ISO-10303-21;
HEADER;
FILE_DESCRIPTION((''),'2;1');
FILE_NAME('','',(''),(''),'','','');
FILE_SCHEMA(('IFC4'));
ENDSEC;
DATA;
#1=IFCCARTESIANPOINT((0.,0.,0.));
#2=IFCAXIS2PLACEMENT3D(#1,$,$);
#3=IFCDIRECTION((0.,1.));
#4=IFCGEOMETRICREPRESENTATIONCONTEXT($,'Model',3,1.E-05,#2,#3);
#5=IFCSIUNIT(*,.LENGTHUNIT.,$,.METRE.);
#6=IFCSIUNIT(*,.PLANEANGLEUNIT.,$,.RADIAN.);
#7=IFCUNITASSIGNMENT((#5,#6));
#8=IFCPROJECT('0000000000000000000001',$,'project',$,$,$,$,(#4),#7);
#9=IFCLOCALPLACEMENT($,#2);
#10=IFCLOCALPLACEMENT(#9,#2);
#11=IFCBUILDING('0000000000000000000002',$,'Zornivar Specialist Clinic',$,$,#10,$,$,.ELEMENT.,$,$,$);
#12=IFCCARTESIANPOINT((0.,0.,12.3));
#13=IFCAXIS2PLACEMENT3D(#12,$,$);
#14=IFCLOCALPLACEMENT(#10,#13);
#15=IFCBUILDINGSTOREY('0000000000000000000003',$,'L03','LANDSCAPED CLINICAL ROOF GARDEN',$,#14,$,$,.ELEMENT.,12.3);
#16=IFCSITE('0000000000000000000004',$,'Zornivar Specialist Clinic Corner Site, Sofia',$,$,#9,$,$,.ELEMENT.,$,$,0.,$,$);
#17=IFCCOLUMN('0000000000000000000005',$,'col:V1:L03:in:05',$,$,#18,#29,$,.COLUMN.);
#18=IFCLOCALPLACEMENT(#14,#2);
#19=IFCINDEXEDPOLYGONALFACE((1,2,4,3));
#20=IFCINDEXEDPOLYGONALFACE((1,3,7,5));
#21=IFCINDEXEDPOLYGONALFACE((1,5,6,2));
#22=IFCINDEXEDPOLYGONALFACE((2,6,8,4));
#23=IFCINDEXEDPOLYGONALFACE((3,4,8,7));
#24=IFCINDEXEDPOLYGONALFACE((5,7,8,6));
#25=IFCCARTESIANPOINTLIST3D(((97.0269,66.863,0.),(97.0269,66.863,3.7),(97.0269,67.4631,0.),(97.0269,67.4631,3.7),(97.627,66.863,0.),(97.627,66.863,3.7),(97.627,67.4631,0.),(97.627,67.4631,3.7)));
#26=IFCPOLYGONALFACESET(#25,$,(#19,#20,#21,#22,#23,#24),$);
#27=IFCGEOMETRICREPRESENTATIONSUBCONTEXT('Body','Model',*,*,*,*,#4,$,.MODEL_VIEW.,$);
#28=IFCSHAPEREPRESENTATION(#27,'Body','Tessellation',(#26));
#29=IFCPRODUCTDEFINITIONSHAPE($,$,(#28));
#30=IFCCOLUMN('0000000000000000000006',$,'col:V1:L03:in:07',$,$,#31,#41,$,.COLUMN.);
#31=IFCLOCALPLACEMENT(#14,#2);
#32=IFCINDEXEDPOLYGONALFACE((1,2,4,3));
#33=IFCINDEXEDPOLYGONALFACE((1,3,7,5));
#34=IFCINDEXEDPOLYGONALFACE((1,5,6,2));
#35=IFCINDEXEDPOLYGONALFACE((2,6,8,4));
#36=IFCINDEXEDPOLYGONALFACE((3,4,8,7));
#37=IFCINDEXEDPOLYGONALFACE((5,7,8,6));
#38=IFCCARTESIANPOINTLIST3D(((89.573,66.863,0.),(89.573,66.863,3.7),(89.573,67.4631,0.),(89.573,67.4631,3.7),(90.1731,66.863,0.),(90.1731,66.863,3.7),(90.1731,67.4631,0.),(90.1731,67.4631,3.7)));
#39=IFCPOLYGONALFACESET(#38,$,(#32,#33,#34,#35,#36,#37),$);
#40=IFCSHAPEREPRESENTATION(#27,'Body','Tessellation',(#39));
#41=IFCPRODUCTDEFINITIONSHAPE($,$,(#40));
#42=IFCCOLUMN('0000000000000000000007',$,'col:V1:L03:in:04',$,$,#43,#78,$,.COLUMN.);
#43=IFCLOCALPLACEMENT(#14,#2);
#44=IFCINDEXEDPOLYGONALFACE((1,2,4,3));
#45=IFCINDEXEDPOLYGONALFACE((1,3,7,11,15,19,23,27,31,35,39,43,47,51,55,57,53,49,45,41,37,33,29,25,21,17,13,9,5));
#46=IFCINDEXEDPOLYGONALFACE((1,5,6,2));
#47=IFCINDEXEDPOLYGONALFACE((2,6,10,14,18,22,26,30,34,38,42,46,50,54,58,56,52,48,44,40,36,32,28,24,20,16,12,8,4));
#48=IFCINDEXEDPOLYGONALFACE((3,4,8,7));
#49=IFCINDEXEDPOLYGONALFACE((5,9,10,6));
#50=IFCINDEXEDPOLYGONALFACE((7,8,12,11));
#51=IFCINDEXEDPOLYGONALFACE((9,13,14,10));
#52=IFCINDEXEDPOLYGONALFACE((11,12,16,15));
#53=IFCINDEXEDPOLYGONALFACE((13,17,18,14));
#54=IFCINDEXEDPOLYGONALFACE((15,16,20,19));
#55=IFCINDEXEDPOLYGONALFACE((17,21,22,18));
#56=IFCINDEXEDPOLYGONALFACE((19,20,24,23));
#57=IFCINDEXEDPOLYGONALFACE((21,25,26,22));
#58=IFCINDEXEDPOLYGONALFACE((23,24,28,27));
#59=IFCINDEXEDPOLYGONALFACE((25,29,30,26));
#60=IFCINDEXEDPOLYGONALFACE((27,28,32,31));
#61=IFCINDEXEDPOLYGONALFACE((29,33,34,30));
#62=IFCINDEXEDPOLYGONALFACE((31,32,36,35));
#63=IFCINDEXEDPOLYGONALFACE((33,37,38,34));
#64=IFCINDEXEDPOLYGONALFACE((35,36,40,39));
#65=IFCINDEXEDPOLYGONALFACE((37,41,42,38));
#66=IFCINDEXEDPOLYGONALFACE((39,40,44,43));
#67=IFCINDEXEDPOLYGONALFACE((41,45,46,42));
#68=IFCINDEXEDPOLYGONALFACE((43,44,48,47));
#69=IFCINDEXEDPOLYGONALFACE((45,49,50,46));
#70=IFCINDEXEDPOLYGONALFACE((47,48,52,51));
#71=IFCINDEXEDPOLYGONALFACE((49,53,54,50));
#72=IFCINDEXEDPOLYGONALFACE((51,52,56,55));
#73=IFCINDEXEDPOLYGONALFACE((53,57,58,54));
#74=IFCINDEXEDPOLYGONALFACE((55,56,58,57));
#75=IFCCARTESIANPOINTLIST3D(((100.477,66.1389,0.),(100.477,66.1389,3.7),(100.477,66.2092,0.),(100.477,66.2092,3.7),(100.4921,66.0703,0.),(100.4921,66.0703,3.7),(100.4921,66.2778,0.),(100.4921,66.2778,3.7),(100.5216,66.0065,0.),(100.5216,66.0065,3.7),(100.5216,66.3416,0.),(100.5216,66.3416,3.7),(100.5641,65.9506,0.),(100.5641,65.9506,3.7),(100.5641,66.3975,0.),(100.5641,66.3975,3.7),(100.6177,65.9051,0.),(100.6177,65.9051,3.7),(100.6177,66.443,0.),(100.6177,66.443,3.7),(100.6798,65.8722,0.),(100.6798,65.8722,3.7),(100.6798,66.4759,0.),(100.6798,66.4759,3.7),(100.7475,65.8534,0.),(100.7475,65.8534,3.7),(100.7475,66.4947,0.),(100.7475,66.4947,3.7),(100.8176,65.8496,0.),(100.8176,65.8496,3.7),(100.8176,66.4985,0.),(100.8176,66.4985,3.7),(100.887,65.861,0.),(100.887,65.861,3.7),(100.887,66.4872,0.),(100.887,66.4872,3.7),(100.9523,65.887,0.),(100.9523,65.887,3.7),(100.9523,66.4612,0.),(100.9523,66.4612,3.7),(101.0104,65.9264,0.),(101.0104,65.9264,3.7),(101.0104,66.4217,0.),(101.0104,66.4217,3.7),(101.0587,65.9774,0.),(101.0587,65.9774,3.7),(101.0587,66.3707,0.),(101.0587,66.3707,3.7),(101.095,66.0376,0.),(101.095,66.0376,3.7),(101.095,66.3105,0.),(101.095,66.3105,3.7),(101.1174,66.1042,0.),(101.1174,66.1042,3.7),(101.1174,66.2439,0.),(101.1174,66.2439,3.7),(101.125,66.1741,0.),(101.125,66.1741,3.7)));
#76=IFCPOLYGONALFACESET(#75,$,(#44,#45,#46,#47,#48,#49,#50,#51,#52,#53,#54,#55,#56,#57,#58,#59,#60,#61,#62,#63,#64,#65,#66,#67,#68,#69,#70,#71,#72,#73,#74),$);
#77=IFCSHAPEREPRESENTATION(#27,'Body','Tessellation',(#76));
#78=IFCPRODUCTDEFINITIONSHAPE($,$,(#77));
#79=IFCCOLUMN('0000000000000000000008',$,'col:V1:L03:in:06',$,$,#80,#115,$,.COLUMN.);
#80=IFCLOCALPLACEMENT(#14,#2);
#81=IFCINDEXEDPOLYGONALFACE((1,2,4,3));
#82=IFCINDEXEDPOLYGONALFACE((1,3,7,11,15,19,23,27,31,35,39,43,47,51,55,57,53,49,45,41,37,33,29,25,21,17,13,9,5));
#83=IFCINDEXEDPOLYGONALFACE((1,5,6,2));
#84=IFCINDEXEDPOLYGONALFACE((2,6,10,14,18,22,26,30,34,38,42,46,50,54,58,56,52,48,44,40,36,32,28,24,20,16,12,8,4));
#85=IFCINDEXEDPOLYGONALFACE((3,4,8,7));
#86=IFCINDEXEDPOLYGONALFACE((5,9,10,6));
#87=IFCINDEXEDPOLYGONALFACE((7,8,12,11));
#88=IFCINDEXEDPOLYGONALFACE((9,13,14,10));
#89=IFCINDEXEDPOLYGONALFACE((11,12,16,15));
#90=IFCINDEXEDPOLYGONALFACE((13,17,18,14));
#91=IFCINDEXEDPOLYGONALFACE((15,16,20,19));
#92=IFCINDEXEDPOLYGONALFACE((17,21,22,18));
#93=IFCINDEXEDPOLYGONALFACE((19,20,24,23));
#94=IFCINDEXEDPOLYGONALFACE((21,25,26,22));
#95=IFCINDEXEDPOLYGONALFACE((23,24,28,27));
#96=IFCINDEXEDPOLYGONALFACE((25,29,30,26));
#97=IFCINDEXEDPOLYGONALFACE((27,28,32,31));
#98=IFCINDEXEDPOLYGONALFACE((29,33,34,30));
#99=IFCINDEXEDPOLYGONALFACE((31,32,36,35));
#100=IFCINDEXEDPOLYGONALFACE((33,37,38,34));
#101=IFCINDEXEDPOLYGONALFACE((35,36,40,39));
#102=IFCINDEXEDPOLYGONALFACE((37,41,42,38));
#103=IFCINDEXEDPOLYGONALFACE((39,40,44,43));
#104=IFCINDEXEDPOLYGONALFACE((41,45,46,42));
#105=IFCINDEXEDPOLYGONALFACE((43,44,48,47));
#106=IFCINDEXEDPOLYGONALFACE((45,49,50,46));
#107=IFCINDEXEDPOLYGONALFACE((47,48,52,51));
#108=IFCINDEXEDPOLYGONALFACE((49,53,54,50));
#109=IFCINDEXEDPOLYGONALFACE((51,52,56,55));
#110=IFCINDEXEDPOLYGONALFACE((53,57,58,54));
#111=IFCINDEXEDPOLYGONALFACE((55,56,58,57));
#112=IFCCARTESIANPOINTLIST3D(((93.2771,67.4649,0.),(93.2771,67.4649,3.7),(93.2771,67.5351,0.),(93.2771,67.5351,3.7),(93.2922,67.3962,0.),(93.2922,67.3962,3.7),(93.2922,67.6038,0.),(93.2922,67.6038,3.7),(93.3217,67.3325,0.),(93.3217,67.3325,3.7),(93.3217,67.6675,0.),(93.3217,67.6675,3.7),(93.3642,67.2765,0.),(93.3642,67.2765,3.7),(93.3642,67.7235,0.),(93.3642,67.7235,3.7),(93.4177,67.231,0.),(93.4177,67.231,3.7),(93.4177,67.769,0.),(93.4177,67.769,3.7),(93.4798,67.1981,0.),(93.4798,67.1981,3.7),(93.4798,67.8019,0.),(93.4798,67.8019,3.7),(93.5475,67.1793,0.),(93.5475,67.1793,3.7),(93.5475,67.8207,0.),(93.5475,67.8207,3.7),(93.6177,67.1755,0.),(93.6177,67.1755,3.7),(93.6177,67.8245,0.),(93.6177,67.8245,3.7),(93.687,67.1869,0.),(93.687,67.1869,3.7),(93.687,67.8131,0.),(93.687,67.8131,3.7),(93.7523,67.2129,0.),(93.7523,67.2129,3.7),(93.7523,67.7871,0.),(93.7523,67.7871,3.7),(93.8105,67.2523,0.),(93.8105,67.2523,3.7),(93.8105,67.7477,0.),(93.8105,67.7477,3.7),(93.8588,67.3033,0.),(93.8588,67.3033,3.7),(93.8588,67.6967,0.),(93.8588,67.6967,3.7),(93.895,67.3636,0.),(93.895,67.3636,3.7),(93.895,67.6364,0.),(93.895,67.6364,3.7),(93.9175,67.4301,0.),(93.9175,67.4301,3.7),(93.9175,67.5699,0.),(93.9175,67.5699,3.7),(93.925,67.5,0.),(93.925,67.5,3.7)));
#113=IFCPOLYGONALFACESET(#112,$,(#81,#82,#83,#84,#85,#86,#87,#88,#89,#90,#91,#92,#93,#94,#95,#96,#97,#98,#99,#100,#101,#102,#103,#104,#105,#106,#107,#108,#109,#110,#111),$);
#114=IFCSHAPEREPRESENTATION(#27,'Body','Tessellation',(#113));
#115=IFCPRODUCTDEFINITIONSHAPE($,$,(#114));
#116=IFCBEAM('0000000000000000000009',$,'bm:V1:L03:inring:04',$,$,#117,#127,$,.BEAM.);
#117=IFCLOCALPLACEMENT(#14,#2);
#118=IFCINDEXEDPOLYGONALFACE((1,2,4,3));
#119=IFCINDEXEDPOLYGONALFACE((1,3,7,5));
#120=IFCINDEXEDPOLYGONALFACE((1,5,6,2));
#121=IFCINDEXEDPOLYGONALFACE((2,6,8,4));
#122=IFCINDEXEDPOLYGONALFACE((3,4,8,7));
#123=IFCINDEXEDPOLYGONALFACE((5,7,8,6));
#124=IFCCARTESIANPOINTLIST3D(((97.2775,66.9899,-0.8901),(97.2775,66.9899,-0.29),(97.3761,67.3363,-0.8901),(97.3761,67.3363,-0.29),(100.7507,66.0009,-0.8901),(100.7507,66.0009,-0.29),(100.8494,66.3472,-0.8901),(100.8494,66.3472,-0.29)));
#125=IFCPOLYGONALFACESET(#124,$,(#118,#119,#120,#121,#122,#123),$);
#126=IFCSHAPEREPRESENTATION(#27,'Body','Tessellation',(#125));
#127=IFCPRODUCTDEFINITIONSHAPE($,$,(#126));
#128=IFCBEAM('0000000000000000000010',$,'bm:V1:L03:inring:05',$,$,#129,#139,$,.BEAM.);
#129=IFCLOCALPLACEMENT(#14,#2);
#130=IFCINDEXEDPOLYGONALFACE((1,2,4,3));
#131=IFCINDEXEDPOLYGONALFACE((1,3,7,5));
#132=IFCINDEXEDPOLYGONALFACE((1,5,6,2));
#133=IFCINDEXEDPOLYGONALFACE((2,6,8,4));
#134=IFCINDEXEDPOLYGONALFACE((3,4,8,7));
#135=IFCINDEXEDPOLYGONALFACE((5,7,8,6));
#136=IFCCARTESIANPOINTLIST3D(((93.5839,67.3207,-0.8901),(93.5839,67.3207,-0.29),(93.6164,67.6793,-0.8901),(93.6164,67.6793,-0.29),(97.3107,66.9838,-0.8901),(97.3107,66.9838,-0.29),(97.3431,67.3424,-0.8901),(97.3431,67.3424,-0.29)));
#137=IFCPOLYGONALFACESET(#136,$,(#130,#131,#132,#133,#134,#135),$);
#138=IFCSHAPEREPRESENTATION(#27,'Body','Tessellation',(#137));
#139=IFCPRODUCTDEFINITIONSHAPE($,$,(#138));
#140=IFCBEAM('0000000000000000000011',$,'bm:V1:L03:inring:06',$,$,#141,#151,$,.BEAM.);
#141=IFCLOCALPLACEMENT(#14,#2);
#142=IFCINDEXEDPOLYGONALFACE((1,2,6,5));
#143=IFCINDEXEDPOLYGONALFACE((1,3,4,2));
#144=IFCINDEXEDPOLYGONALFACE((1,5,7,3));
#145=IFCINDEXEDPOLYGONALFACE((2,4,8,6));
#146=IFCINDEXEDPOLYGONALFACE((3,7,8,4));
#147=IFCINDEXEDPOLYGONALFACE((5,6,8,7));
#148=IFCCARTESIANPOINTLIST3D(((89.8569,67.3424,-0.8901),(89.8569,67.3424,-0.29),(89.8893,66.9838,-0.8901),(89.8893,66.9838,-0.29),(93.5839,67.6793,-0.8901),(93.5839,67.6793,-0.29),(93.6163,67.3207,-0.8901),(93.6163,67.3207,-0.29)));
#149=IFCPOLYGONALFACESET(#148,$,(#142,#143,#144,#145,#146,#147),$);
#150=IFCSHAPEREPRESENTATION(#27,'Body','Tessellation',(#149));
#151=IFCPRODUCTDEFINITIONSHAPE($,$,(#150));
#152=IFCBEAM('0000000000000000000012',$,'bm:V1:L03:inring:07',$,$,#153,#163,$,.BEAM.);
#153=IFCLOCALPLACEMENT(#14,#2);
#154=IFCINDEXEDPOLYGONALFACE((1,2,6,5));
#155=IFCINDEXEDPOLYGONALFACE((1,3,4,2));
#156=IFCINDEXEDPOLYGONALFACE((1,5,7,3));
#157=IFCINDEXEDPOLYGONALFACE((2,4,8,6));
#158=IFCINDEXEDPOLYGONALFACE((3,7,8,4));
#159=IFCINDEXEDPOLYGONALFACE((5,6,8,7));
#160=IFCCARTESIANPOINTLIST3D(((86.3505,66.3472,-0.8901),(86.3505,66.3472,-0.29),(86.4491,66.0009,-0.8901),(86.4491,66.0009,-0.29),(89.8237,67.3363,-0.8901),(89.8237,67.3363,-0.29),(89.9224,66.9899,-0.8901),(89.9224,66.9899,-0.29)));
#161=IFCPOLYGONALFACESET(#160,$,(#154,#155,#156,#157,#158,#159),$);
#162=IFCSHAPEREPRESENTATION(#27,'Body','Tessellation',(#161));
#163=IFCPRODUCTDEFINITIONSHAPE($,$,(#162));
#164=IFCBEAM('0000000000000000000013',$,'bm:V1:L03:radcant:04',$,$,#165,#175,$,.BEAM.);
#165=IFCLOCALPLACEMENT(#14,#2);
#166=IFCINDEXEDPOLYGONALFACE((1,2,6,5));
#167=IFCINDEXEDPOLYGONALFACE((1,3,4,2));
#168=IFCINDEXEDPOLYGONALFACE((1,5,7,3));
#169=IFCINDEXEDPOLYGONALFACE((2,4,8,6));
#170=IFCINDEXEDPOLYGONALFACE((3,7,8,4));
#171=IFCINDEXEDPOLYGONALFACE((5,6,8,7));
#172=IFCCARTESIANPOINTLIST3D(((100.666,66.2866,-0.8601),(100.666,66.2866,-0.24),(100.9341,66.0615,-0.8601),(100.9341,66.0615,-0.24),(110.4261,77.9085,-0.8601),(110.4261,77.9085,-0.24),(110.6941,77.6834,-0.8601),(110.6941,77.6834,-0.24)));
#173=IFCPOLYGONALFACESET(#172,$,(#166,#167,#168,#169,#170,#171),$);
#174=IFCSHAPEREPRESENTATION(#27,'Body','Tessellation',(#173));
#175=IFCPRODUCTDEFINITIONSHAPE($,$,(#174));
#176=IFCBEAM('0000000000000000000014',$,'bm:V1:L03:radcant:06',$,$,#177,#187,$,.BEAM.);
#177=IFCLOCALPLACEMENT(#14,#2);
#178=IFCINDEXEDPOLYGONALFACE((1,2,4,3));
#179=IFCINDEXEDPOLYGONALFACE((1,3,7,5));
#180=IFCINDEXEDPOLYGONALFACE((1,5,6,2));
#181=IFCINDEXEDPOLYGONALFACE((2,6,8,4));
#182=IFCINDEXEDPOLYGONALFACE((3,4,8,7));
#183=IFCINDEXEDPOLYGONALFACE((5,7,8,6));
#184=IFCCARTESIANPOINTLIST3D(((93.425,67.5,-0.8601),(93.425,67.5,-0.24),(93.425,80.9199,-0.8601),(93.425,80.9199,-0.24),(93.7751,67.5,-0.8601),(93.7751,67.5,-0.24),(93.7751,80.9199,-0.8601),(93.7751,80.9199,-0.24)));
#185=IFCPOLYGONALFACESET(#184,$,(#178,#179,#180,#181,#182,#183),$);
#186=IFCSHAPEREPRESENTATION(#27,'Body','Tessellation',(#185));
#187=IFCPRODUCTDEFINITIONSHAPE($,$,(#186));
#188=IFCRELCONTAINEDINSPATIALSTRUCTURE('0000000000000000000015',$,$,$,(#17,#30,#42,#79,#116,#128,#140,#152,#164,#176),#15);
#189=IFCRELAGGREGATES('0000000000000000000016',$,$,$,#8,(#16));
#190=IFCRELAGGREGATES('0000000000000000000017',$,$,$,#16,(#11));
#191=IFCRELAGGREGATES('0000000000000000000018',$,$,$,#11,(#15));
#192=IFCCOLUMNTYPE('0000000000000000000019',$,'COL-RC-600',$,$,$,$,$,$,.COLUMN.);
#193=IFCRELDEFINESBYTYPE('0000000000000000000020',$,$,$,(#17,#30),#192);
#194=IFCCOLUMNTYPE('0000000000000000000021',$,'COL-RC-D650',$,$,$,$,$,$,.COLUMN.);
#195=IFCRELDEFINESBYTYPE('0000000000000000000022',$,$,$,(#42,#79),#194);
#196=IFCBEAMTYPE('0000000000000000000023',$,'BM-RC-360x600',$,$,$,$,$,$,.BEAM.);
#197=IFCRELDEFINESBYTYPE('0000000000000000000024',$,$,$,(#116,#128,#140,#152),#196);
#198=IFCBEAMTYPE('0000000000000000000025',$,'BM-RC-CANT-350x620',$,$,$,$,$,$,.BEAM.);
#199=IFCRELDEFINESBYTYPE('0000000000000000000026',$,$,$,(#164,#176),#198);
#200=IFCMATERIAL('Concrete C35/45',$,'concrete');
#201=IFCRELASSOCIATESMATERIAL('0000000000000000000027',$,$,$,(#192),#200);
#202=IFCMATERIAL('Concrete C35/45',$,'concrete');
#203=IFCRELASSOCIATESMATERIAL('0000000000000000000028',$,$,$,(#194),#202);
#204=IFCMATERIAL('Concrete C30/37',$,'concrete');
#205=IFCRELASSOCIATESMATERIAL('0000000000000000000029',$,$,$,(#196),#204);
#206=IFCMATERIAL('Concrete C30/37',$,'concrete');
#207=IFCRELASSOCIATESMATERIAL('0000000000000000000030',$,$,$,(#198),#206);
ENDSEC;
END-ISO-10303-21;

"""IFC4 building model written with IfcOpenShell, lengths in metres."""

from ifc_helpers import new_model, si_unit, direction, frame, origin, origin_2d, place, context, subcontext, project, spatial, rectangle, circle, extrude, material, material_profile, profile_set, type_object, element, save


model = new_model("IFC4")

# Units and contexts
model_context = context("Model", 3, precision=1e-05, world=origin(), true_north=direction((0.0, 1.0)))
body_context = subcontext(model_context, "Body", "Model", "MODEL_VIEW")
ifc_project = project(units=[si_unit("LENGTHUNIT", "METRE"), si_unit("PLANEANGLEUNIT", "RADIAN")], contexts=[model_context])

# Site, building, storey
site_placement = place(None, origin())
site = spatial("IfcSite", under=ifc_project, at=site_placement, Name="Zornivar Specialist Clinic Corner Site, Sofia", CompositionType="ELEMENT", RefElevation=0.0)
building_placement = place(site_placement, origin())
building = spatial("IfcBuilding", under=site, at=building_placement, Name="Zornivar Specialist Clinic", CompositionType="ELEMENT")
storey_placement = place(building_placement, frame((0.0, 0.0, 12.3)))
storey = spatial("IfcBuildingStorey", under=building, at=storey_placement, Name="L03", Description="LANDSCAPED CLINICAL ROOF GARDEN", CompositionType="ELEMENT", Elevation=12.3)

# Columns
ifc_material_1 = material(Name="Concrete C35/45", Category="concrete")
ifc_material_profile_1 = material_profile(ifc_material_1, rectangle(XDim=0.6001, YDim=0.6001, at=origin_2d()), Name="RC 600x600")
ifc_profile_set_1 = profile_set([ifc_material_profile_1], Name="Concrete C35/45")
column_type_1 = type_object("IfcColumnType", Name="COL-RC-600", PredefinedType="COLUMN", material=ifc_profile_set_1)
for number, where, z_axis, x_axis, name in (
    (1, (97.3269, 67.1631, 0.0), (0.0, 0.0, 1.0), (1.0, 0.0, 0.0), "col:V1:L03:in:05"),
    (2, (89.873, 67.1631, 0.0), (0.0, 0.0, 1.0), (1.0, 0.0, 0.0), "col:V1:L03:in:07"),
):
    element("IfcColumn", number, at=place(storey_placement, frame(where, z_axis=z_axis, x_axis=x_axis)), inside=storey, type_object=column_type_1, Name=name, PredefinedType="COLUMN", context=body_context, shape_type="SweptSolid", body=[
        extrude(rectangle(XDim=0.6001, YDim=0.6001, at=origin_2d()), origin(), (0.0, 0.0, 1.0), 3.7),
    ])
ifc_material_2 = material(Name="Concrete C35/45", Category="concrete")
ifc_material_profile_2 = material_profile(ifc_material_2, circle(Radius=0.325, at=origin_2d()), Name="RC D650")
ifc_profile_set_2 = profile_set([ifc_material_profile_2], Name="Concrete C35/45")
column_type_2 = type_object("IfcColumnType", Name="COL-RC-D650", PredefinedType="COLUMN", material=ifc_profile_set_2)
for number, where, z_axis, x_axis, name in (
    (3, (100.8, 66.1741, 0.0), (0.0, 0.0, 1.0), (1.0, 0.0, 0.0), "col:V1:L03:in:04"),
    (4, (93.6001, 67.5, 0.0), (0.0, 0.0, 1.0), (1.0, 0.0, 0.0), "col:V1:L03:in:06"),
):
    element("IfcColumn", number, at=place(storey_placement, frame(where, z_axis=z_axis, x_axis=x_axis)), inside=storey, type_object=column_type_2, Name=name, PredefinedType="COLUMN", context=body_context, shape_type="SweptSolid", body=[
        extrude(circle(Radius=0.325, at=origin_2d()), origin(), (0.0, 0.0, 1.0), 3.7),
    ])

# Beams
ifc_material_3 = material(Name="Concrete C30/37", Category="concrete")
ifc_material_profile_3 = material_profile(ifc_material_3, rectangle(XDim=0.3601, YDim=0.6001, at=origin_2d()), Name="RC 360x600")
ifc_profile_set_3 = profile_set([ifc_material_profile_3], Name="Concrete C30/37")
beam_type_1 = type_object("IfcBeamType", Name="BM-RC-360x600", PredefinedType="BEAM", material=ifc_profile_set_3)
beam_1_placement = place(storey_placement, frame((100.8, 66.1741, -0.5901), z_axis=(-0.961766, 0.273873, 0.0), x_axis=(-0.273873, -0.961766, 0.0)))
element("IfcBeam", 5, at=beam_1_placement, inside=storey, type_object=beam_type_1, Name="bm:V1:L03:inring:04", PredefinedType="BEAM", context=body_context, shape_type="SweptSolid", body=[
    extrude(rectangle(XDim=0.3601, YDim=0.6001, at=origin_2d()), origin(), (0.0, 0.0, 1.0), 3.6113),
])
beam_2_placement = place(storey_placement, frame((97.3269, 67.1631, -0.5901), z_axis=(-0.995939, 0.090036, 0.0), x_axis=(-0.090036, -0.995939, 0.0)))
element("IfcBeam", 6, at=beam_2_placement, inside=storey, type_object=beam_type_1, Name="bm:V1:L03:inring:05", PredefinedType="BEAM", context=body_context, shape_type="SweptSolid", body=[
    extrude(rectangle(XDim=0.3601, YDim=0.6001, at=origin_2d()), origin(), (0.0, 0.0, 1.0), 3.7419),
])
beam_3_placement = place(storey_placement, frame((93.6001, 67.5, -0.5901), z_axis=(-0.995939, -0.09003, 0.0), x_axis=(0.09003, -0.995939, 0.0)))
element("IfcBeam", 7, at=beam_3_placement, inside=storey, type_object=beam_type_1, Name="bm:V1:L03:inring:06", PredefinedType="BEAM", context=body_context, shape_type="SweptSolid", body=[
    extrude(rectangle(XDim=0.3601, YDim=0.6001, at=origin_2d()), origin(), (0.0, 0.0, 1.0), 3.7422),
])
beam_4_placement = place(storey_placement, frame((89.873, 67.1631, -0.5901), z_axis=(-0.961766, -0.273873, 0.0), x_axis=(0.273873, -0.961766, 0.0)))
element("IfcBeam", 8, at=beam_4_placement, inside=storey, type_object=beam_type_1, Name="bm:V1:L03:inring:07", PredefinedType="BEAM", context=body_context, shape_type="SweptSolid", body=[
    extrude(rectangle(XDim=0.3601, YDim=0.6001, at=origin_2d()), origin(), (0.0, 0.0, 1.0), 3.6113),
])
ifc_material_4 = material(Name="Concrete C30/37", Category="concrete")
ifc_material_profile_4 = material_profile(ifc_material_4, rectangle(XDim=0.3501, YDim=0.6201, at=origin_2d()), Name="RC 350x620")
ifc_profile_set_4 = profile_set([ifc_material_profile_4], Name="Concrete C30/37")
beam_type_2 = type_object("IfcBeamType", Name="BM-RC-CANT-350x620", PredefinedType="BEAM", material=ifc_profile_set_4)
beam_5_placement = place(storey_placement, frame((100.8, 66.1741, -0.55), z_axis=(0.643102, 0.76578, 0.0), x_axis=(-0.76578, 0.643102, 0.0)))
element("IfcBeam", 9, at=beam_5_placement, inside=storey, type_object=beam_type_2, Name="bm:V1:L03:radcant:04", PredefinedType="BEAM", context=body_context, shape_type="SweptSolid", body=[
    extrude(rectangle(XDim=0.3501, YDim=0.6201, at=origin_2d()), origin(), (0.0, 0.0, 1.0), 15.1765),
])
beam_6_placement = place(storey_placement, frame((93.6001, 67.5, -0.55), z_axis=(0.0, 1.0, 0.0), x_axis=(-1.0, 0.0, 0.0)))
element("IfcBeam", 10, at=beam_6_placement, inside=storey, type_object=beam_type_2, Name="bm:V1:L03:radcant:06", PredefinedType="BEAM", context=body_context, shape_type="SweptSolid", body=[
    extrude(rectangle(XDim=0.3501, YDim=0.6201, at=origin_2d()), origin(), (0.0, 0.0, 1.0), 13.4199),
])

save(model, "model.ifc")
